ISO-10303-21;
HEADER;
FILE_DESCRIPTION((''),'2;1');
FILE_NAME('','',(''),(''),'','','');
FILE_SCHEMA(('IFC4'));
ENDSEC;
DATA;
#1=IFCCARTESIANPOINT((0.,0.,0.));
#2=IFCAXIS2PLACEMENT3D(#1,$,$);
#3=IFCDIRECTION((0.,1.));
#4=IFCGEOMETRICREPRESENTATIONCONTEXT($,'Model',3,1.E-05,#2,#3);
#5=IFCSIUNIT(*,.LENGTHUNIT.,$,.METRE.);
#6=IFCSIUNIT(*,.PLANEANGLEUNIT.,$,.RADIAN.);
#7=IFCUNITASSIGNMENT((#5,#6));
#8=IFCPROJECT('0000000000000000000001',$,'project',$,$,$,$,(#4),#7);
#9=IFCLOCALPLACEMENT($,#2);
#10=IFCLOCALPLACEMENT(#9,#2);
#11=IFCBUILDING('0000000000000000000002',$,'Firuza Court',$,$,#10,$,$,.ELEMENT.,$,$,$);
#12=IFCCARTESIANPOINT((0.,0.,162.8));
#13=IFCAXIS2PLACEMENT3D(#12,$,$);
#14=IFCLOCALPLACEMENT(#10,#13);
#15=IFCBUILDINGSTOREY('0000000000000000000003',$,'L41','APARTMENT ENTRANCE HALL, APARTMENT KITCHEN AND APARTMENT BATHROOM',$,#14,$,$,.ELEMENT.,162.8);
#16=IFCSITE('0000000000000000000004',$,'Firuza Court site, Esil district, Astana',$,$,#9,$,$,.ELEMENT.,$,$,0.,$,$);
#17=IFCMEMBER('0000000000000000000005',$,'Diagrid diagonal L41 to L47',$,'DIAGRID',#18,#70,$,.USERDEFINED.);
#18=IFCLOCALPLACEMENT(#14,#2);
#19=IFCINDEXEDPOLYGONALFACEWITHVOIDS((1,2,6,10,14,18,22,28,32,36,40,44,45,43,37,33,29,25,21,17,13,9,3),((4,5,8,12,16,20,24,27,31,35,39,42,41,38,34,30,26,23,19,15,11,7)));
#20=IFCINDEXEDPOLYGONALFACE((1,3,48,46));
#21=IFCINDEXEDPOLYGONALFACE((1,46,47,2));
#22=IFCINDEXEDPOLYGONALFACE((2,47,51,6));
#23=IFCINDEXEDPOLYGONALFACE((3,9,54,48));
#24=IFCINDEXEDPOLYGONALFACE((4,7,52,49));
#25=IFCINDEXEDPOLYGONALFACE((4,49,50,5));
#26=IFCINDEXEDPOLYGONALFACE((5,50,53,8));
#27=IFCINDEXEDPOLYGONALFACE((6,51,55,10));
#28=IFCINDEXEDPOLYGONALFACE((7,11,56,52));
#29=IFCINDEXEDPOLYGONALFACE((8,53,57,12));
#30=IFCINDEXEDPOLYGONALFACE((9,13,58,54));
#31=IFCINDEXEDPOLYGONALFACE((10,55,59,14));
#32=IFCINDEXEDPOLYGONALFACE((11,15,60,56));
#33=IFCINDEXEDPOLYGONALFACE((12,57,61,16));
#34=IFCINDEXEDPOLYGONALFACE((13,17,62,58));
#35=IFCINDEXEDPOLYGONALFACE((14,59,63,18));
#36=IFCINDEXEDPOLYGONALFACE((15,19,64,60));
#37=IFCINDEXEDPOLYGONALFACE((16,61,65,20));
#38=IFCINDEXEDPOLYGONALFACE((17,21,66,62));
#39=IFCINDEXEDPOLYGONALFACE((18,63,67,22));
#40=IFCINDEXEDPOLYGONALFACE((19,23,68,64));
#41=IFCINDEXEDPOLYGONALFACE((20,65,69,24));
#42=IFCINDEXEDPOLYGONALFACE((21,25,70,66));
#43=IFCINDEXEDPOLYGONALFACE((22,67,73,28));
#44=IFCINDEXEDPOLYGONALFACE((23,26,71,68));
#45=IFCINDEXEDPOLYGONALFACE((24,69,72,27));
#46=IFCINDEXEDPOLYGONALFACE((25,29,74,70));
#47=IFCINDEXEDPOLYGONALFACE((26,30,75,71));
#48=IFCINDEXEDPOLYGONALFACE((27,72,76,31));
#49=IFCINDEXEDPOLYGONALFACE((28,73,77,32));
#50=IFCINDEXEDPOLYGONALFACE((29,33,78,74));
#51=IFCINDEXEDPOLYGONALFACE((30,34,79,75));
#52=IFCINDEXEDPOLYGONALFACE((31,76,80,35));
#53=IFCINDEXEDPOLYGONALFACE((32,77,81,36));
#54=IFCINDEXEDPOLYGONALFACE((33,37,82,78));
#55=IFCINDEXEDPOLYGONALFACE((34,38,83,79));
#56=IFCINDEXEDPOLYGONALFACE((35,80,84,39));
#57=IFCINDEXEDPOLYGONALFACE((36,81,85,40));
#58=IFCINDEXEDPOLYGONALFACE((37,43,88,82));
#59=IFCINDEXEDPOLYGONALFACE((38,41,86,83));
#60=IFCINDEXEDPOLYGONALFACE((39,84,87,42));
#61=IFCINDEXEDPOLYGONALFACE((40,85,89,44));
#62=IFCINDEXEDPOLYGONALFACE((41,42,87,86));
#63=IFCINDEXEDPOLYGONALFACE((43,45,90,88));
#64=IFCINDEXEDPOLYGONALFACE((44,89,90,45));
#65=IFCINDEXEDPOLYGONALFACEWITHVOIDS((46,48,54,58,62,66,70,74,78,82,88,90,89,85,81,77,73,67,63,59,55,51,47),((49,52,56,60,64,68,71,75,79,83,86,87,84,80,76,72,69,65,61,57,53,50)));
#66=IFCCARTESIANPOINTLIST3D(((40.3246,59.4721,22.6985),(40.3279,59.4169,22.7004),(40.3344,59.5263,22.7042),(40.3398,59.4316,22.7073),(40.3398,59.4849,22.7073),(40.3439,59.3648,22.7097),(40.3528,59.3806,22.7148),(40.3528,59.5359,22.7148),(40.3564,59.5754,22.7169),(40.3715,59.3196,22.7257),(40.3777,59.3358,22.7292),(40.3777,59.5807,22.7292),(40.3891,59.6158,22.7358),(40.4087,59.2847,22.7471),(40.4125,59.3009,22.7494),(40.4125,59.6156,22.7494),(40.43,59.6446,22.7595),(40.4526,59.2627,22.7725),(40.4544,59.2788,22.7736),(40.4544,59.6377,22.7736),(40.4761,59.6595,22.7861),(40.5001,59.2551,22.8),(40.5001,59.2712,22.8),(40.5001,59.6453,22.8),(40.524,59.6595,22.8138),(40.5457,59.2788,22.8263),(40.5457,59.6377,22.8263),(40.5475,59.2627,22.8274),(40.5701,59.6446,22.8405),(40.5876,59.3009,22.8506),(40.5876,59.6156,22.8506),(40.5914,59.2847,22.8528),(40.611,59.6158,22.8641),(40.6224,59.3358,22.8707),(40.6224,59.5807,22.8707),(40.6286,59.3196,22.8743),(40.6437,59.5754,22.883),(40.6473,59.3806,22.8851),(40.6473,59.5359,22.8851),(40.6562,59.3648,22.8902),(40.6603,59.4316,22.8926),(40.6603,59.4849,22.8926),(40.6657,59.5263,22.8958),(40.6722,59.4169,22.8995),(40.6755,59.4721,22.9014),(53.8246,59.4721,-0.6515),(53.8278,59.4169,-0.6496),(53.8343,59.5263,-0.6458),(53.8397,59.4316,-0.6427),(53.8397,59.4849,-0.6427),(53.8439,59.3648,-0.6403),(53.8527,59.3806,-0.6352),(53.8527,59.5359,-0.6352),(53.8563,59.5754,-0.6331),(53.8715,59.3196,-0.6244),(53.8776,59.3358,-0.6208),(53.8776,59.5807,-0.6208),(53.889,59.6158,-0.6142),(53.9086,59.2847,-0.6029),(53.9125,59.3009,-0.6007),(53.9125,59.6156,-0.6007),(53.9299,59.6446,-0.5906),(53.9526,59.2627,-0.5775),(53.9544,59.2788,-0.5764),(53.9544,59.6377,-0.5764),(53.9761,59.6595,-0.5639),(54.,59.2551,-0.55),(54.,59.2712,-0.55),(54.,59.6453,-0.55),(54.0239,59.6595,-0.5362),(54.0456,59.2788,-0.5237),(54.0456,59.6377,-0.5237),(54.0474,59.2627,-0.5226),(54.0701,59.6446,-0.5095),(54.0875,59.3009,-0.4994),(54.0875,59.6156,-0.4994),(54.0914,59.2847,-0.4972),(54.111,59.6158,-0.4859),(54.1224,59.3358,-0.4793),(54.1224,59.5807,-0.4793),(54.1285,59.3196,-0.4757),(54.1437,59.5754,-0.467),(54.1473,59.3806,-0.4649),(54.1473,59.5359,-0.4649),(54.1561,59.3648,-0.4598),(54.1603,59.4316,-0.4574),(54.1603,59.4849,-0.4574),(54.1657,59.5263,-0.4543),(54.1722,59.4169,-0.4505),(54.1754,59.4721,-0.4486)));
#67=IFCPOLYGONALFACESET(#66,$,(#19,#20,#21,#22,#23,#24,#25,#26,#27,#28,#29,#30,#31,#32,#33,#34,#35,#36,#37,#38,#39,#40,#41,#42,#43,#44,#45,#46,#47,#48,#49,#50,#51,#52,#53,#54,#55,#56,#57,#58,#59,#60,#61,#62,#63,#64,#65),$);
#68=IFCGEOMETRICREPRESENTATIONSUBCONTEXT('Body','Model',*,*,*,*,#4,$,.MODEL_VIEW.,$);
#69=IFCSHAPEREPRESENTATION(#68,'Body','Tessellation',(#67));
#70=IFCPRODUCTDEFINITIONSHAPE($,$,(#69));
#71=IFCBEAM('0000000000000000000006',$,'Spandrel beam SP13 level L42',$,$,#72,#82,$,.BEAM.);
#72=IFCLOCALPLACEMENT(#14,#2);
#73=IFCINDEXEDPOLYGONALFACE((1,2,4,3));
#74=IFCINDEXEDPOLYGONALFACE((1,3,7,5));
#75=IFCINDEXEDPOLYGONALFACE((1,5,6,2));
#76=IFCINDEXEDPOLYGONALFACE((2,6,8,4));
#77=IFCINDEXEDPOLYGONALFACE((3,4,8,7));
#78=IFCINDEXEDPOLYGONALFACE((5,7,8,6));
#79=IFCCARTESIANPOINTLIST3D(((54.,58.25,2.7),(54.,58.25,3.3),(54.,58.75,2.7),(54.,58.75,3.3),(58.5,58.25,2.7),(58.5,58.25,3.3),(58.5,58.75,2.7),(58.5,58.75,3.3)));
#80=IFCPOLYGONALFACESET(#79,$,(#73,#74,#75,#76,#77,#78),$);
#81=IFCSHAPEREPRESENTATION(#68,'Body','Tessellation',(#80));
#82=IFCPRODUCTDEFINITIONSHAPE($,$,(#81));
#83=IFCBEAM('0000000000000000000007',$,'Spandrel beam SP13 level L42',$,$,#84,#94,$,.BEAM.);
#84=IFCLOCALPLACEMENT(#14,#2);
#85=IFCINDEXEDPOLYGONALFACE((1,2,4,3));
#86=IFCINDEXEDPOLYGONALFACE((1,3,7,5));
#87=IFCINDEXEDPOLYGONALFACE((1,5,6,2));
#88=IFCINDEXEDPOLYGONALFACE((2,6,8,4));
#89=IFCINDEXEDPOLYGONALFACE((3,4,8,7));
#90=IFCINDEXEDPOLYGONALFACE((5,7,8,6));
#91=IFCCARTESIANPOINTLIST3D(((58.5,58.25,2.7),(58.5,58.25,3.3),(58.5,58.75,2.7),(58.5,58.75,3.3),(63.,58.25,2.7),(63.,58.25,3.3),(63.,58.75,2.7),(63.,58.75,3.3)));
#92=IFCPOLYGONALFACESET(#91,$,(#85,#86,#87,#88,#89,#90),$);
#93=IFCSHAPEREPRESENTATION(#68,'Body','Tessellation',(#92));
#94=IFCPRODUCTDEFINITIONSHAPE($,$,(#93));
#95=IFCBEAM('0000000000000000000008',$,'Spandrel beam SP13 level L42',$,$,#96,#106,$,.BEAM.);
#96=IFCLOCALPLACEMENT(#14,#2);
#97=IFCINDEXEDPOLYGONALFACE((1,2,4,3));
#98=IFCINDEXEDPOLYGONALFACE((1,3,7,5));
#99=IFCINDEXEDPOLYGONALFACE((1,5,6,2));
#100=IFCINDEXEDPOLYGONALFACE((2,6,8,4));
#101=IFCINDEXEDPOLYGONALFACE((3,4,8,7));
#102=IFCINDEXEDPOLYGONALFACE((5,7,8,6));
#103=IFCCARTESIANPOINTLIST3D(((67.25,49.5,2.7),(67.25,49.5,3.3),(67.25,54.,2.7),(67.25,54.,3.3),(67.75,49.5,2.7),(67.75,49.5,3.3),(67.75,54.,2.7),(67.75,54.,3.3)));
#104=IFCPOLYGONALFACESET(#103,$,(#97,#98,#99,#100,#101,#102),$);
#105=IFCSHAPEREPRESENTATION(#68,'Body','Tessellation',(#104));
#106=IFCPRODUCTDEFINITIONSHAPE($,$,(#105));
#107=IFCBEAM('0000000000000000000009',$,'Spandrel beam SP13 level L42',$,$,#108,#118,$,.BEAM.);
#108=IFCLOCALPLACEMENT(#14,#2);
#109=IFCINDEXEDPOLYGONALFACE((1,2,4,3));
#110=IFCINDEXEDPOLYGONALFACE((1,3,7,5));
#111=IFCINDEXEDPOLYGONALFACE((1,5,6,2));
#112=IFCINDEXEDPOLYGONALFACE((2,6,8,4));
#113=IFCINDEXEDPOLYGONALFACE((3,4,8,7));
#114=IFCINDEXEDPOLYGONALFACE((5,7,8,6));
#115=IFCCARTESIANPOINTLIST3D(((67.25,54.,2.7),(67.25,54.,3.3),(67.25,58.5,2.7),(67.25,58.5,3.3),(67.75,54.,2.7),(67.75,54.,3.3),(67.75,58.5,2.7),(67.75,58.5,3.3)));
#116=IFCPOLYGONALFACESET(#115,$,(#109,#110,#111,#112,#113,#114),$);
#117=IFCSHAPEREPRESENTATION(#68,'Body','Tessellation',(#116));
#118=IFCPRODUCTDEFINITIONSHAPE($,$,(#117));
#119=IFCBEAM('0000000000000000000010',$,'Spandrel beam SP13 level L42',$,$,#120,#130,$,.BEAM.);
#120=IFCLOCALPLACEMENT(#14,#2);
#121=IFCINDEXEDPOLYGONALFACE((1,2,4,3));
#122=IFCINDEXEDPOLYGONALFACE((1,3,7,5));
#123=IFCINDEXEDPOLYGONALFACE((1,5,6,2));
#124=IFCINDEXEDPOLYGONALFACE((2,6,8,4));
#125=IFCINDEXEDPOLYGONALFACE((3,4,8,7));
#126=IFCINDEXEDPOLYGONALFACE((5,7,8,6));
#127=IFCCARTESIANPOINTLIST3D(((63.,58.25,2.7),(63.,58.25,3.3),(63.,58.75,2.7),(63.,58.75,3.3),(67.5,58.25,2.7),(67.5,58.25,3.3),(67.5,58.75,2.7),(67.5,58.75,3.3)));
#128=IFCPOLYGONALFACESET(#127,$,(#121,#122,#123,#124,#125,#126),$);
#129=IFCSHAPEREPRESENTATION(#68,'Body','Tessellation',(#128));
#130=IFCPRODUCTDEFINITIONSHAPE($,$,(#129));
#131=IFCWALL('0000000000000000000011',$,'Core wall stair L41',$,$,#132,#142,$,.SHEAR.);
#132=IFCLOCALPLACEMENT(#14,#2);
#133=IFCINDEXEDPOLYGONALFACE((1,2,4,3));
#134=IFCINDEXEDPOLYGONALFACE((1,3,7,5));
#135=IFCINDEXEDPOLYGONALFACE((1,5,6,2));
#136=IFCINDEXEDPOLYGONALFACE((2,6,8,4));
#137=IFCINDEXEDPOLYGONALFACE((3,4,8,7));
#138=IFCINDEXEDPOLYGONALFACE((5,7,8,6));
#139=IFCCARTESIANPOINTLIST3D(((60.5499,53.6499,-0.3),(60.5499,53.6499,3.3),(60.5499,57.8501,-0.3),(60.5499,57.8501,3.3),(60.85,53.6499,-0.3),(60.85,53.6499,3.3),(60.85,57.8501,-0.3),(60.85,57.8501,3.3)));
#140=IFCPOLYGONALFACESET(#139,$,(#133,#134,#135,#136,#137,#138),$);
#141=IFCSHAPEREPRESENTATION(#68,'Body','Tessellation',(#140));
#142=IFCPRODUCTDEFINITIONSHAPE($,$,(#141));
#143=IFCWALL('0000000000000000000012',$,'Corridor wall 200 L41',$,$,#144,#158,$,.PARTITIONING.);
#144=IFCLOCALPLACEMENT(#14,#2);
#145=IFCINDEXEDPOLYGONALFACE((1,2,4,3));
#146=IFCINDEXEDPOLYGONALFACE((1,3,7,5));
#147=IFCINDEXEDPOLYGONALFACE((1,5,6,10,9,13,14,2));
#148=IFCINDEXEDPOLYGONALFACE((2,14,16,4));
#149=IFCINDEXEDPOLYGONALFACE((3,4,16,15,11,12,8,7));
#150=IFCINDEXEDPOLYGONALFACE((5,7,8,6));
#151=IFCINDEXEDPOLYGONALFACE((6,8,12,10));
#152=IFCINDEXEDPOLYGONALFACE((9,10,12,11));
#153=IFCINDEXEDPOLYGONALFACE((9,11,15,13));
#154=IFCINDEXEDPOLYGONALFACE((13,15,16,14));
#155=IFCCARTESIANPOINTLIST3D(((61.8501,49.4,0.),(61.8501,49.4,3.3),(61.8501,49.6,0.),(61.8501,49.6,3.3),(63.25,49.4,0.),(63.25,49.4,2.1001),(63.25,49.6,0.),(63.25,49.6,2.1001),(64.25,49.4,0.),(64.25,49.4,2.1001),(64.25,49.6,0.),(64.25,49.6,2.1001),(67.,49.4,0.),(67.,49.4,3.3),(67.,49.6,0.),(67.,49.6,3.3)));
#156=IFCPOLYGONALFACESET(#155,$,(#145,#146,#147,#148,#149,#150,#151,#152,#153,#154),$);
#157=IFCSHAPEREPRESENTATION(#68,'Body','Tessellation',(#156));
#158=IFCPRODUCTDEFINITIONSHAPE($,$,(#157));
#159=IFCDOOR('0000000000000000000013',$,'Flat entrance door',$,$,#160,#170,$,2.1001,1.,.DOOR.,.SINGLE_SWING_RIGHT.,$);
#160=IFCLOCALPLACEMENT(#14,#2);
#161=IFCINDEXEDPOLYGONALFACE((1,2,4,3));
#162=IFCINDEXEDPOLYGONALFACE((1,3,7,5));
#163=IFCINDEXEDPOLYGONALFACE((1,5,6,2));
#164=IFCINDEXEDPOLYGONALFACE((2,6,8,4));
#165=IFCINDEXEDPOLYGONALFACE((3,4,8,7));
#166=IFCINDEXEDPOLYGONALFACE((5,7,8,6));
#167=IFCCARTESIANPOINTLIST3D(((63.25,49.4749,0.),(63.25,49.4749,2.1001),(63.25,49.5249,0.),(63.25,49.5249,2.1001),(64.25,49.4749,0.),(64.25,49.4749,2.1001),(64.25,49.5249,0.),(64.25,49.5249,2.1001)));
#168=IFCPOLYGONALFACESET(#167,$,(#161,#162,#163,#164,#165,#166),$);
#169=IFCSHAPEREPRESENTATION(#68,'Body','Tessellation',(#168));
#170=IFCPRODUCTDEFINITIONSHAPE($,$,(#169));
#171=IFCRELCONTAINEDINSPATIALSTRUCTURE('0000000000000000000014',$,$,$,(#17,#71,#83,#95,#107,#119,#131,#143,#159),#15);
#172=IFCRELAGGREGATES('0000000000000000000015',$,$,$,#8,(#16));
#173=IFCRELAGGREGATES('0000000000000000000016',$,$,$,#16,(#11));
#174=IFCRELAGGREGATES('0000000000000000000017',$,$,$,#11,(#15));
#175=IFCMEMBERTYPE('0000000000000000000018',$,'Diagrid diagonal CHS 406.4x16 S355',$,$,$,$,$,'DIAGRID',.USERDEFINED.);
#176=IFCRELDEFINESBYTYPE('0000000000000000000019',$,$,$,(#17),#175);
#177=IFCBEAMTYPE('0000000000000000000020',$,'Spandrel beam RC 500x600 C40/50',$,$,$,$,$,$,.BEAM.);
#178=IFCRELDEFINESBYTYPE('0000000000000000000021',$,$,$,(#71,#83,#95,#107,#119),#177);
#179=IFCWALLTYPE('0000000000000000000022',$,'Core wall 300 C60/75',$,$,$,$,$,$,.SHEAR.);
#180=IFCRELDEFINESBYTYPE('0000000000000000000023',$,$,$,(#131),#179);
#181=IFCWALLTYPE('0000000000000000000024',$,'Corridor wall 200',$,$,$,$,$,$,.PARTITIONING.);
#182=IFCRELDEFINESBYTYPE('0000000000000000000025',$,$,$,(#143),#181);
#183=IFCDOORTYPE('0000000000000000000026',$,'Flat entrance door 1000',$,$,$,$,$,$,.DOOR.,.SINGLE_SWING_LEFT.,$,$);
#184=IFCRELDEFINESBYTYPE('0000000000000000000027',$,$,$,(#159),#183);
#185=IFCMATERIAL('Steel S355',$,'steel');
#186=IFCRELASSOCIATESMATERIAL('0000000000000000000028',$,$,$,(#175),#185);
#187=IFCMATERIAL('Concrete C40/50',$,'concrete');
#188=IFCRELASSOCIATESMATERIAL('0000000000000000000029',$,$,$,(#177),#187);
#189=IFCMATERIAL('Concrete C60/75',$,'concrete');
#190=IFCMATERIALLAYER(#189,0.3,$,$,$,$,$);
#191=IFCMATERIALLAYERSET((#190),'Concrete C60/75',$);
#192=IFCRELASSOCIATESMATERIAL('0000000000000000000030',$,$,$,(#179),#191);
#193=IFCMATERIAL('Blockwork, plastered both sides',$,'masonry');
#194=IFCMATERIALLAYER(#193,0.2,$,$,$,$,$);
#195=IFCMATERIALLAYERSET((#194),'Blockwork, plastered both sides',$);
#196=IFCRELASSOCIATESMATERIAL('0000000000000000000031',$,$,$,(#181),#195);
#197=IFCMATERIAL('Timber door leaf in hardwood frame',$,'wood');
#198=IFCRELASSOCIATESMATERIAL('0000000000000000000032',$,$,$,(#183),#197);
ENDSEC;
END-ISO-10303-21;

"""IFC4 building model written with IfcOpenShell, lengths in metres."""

from ifc_helpers import new_model, si_unit, direction, frame, frame_2d, origin, origin_2d, place, context, subcontext, project, spatial, rectangle, hollow_circle, extrude, material, layer, layer_set, material_profile, profile_set, type_object, element, fill, save


model = new_model("IFC4")

# Units and contexts
model_context = context("Model", 3, precision=1e-05, world=origin(), true_north=direction((0.0, 1.0)))
body_context = subcontext(model_context, "Body", "Model", "MODEL_VIEW")
ifc_project = project(units=[si_unit("LENGTHUNIT", "METRE"), si_unit("PLANEANGLEUNIT", "RADIAN")], contexts=[model_context])

# Site, building, storey
site_placement = place(None, origin())
site = spatial("IfcSite", under=ifc_project, at=site_placement, Name="Firuza Court site, Esil district, Astana", CompositionType="ELEMENT", RefElevation=0.0)
building_placement = place(site_placement, origin())
building = spatial("IfcBuilding", under=site, at=building_placement, Name="Firuza Court", CompositionType="ELEMENT")
storey_placement = place(building_placement, frame((0.0, 0.0, 162.8)))
storey = spatial("IfcBuildingStorey", under=building, at=storey_placement, Name="L41", Description="APARTMENT ENTRANCE HALL, APARTMENT KITCHEN AND APARTMENT BATHROOM", CompositionType="ELEMENT", Elevation=162.8)

# Member
ifc_material_1 = material(Name="Steel S355", Category="steel")
ifc_material_profile_1 = material_profile(ifc_material_1, hollow_circle(Radius=0.2031, WallThickness=0.0161, at=origin_2d()), Name="CHS 406.4x16")
ifc_profile_set_1 = profile_set([ifc_material_profile_1], Name="Steel S355")
member_type = type_object("IfcMemberType", Name="Diagrid diagonal CHS 406.4x16 S355", ElementType="DIAGRID", PredefinedType="USERDEFINED", material=ifc_profile_set_1)
member_1_placement = place(storey_placement, frame((54.0, 59.4583, -0.55), z_axis=(-0.500523, 0.0, 0.865723), x_axis=(0.0, -1.0, 0.0)))
element("IfcMember", 1, at=member_1_placement, inside=storey, type_object=member_type, Name="Diagrid diagonal L41 to L47", ObjectType="DIAGRID", PredefinedType="USERDEFINED", context=body_context, shape_type="SweptSolid", body=[
    extrude(hollow_circle(Radius=0.2031, WallThickness=0.0161, at=origin_2d()), origin(), (0.0, 0.0, 1.0), 26.9717),
])

# Beams
ifc_material_2 = material(Name="Concrete C40/50", Category="concrete")
ifc_material_profile_2 = material_profile(ifc_material_2, rectangle(XDim=0.5, YDim=0.6001, at=origin_2d()), Name="RC 500x600")
ifc_profile_set_2 = profile_set([ifc_material_profile_2], Name="Concrete C40/50")
beam_type_1 = type_object("IfcBeamType", Name="Spandrel beam RC 500x600 C40/50", PredefinedType="BEAM", material=ifc_profile_set_2)
for number, where, z_axis, x_axis, name in (
    (2, (58.5, 58.5, 3.0), (-1.0, 0.0, 0.0), (0.0, -1.0, 0.0), "Spandrel beam SP13 level L42"),
    (3, (63.0, 58.5, 3.0), (-1.0, 0.0, 0.0), (0.0, -1.0, 0.0), "Spandrel beam SP13 level L42"),
    (4, (67.5, 49.5, 3.0), (0.0, 1.0, 0.0), (-1.0, 0.0, 0.0), "Spandrel beam SP13 level L42"),
    (5, (67.5, 54.0, 3.0), (0.0, 1.0, 0.0), (-1.0, 0.0, 0.0), "Spandrel beam SP13 level L42"),
    (6, (67.5, 58.5, 3.0), (-1.0, 0.0, 0.0), (0.0, -1.0, 0.0), "Spandrel beam SP13 level L42"),
):
    element("IfcBeam", number, at=place(storey_placement, frame(where, z_axis=z_axis, x_axis=x_axis)), inside=storey, type_object=beam_type_1, Name=name, PredefinedType="BEAM", context=body_context, shape_type="SweptSolid", body=[
        extrude(rectangle(XDim=0.5, YDim=0.6001, at=origin_2d()), origin(), (0.0, 0.0, 1.0), 4.5),
    ])

# Wall
ifc_material_3 = material(Name="Concrete C60/75", Category="concrete")
ifc_layer_1 = layer(ifc_material_3, 0.3)
ifc_layer_set_1 = layer_set([ifc_layer_1], Name="Concrete C60/75")
wall_type_1 = type_object("IfcWallType", Name="Core wall 300 C60/75", PredefinedType="SHEAR", material=ifc_layer_set_1)
wall_1_placement = place(storey_placement, frame((60.7, 53.6499, -0.3), z_axis=(0.0, 0.0, 1.0), x_axis=(0.0, 1.0, 0.0)))
element("IfcWall", 7, at=wall_1_placement, inside=storey, type_object=wall_type_1, Name="Core wall stair L41", PredefinedType="SHEAR", context=body_context, shape_type="SweptSolid", body=[
    extrude(rectangle(XDim=4.2002, YDim=0.3, at=frame_2d((2.1001, 0.0))), origin(), (0.0, 0.0, 1.0), 3.6001),
])

# Wall, opening, door
ifc_material_4 = material(Name="Blockwork, plastered both sides", Category="masonry")
ifc_layer_2 = layer(ifc_material_4, 0.2)
ifc_layer_set_2 = layer_set([ifc_layer_2], Name="Blockwork, plastered both sides")
wall_type_2 = type_object("IfcWallType", Name="Corridor wall 200", PredefinedType="PARTITIONING", material=ifc_layer_set_2)
wall_2_placement = place(storey_placement, frame((61.8501, 49.5, 0.0), z_axis=(0.0, 0.0, 1.0), x_axis=(1.0, 0.0, 0.0)))
wall_2 = element("IfcWall", 8, at=wall_2_placement, inside=storey, type_object=wall_type_2, Name="Corridor wall 200 L41", PredefinedType="PARTITIONING", context=body_context, shape_type="SweptSolid", body=[
    extrude(rectangle(XDim=5.1499, YDim=0.2, at=frame_2d((2.575, 0.0))), origin(), (0.0, 0.0, 1.0), 3.3),
])
opening_1_placement = place(wall_2_placement, frame((1.3999, 0.0, 0.0)))
opening_1 = element("IfcOpeningElement", 9, at=opening_1_placement, cuts=wall_2, PredefinedType="OPENING", context=body_context, shape_type="SweptSolid", body=[
    extrude(rectangle(XDim=1.0, YDim=2.1001, at=frame_2d((0.5, 1.05))), frame((0.0, 0.1118, 0.0), z_axis=(0.0, -1.0, 0.0), x_axis=(1.0, 0.0, 0.0)), (0.0, 0.0, 1.0), 0.2239),
])
ifc_material_5 = material(Name="Timber door leaf in hardwood frame", Category="wood")
door_type_1 = type_object("IfcDoorType", Name="Flat entrance door 1000", OperationType="SINGLE_SWING_LEFT", PredefinedType="DOOR", material=ifc_material_5)
door_1_placement = place(opening_1_placement, origin())
door_1 = element("IfcDoor", 10, at=door_1_placement, inside=storey, type_object=door_type_1, Name="Flat entrance door", OperationType="SINGLE_SWING_RIGHT", OverallHeight=2.1001, OverallWidth=1.0, PredefinedType="DOOR", context=body_context, shape_type="SweptSolid", body=[
    extrude(rectangle(XDim=1.0, YDim=2.1001, at=frame_2d((0.5, 1.05))), frame((0.0, 0.0249, 0.0), z_axis=(0.0, -1.0, 0.0), x_axis=(1.0, 0.0, 0.0)), (0.0, 0.0, 1.0), 0.05),
])
fill(opening_1, door_1)

save(model, "model.ifc")
